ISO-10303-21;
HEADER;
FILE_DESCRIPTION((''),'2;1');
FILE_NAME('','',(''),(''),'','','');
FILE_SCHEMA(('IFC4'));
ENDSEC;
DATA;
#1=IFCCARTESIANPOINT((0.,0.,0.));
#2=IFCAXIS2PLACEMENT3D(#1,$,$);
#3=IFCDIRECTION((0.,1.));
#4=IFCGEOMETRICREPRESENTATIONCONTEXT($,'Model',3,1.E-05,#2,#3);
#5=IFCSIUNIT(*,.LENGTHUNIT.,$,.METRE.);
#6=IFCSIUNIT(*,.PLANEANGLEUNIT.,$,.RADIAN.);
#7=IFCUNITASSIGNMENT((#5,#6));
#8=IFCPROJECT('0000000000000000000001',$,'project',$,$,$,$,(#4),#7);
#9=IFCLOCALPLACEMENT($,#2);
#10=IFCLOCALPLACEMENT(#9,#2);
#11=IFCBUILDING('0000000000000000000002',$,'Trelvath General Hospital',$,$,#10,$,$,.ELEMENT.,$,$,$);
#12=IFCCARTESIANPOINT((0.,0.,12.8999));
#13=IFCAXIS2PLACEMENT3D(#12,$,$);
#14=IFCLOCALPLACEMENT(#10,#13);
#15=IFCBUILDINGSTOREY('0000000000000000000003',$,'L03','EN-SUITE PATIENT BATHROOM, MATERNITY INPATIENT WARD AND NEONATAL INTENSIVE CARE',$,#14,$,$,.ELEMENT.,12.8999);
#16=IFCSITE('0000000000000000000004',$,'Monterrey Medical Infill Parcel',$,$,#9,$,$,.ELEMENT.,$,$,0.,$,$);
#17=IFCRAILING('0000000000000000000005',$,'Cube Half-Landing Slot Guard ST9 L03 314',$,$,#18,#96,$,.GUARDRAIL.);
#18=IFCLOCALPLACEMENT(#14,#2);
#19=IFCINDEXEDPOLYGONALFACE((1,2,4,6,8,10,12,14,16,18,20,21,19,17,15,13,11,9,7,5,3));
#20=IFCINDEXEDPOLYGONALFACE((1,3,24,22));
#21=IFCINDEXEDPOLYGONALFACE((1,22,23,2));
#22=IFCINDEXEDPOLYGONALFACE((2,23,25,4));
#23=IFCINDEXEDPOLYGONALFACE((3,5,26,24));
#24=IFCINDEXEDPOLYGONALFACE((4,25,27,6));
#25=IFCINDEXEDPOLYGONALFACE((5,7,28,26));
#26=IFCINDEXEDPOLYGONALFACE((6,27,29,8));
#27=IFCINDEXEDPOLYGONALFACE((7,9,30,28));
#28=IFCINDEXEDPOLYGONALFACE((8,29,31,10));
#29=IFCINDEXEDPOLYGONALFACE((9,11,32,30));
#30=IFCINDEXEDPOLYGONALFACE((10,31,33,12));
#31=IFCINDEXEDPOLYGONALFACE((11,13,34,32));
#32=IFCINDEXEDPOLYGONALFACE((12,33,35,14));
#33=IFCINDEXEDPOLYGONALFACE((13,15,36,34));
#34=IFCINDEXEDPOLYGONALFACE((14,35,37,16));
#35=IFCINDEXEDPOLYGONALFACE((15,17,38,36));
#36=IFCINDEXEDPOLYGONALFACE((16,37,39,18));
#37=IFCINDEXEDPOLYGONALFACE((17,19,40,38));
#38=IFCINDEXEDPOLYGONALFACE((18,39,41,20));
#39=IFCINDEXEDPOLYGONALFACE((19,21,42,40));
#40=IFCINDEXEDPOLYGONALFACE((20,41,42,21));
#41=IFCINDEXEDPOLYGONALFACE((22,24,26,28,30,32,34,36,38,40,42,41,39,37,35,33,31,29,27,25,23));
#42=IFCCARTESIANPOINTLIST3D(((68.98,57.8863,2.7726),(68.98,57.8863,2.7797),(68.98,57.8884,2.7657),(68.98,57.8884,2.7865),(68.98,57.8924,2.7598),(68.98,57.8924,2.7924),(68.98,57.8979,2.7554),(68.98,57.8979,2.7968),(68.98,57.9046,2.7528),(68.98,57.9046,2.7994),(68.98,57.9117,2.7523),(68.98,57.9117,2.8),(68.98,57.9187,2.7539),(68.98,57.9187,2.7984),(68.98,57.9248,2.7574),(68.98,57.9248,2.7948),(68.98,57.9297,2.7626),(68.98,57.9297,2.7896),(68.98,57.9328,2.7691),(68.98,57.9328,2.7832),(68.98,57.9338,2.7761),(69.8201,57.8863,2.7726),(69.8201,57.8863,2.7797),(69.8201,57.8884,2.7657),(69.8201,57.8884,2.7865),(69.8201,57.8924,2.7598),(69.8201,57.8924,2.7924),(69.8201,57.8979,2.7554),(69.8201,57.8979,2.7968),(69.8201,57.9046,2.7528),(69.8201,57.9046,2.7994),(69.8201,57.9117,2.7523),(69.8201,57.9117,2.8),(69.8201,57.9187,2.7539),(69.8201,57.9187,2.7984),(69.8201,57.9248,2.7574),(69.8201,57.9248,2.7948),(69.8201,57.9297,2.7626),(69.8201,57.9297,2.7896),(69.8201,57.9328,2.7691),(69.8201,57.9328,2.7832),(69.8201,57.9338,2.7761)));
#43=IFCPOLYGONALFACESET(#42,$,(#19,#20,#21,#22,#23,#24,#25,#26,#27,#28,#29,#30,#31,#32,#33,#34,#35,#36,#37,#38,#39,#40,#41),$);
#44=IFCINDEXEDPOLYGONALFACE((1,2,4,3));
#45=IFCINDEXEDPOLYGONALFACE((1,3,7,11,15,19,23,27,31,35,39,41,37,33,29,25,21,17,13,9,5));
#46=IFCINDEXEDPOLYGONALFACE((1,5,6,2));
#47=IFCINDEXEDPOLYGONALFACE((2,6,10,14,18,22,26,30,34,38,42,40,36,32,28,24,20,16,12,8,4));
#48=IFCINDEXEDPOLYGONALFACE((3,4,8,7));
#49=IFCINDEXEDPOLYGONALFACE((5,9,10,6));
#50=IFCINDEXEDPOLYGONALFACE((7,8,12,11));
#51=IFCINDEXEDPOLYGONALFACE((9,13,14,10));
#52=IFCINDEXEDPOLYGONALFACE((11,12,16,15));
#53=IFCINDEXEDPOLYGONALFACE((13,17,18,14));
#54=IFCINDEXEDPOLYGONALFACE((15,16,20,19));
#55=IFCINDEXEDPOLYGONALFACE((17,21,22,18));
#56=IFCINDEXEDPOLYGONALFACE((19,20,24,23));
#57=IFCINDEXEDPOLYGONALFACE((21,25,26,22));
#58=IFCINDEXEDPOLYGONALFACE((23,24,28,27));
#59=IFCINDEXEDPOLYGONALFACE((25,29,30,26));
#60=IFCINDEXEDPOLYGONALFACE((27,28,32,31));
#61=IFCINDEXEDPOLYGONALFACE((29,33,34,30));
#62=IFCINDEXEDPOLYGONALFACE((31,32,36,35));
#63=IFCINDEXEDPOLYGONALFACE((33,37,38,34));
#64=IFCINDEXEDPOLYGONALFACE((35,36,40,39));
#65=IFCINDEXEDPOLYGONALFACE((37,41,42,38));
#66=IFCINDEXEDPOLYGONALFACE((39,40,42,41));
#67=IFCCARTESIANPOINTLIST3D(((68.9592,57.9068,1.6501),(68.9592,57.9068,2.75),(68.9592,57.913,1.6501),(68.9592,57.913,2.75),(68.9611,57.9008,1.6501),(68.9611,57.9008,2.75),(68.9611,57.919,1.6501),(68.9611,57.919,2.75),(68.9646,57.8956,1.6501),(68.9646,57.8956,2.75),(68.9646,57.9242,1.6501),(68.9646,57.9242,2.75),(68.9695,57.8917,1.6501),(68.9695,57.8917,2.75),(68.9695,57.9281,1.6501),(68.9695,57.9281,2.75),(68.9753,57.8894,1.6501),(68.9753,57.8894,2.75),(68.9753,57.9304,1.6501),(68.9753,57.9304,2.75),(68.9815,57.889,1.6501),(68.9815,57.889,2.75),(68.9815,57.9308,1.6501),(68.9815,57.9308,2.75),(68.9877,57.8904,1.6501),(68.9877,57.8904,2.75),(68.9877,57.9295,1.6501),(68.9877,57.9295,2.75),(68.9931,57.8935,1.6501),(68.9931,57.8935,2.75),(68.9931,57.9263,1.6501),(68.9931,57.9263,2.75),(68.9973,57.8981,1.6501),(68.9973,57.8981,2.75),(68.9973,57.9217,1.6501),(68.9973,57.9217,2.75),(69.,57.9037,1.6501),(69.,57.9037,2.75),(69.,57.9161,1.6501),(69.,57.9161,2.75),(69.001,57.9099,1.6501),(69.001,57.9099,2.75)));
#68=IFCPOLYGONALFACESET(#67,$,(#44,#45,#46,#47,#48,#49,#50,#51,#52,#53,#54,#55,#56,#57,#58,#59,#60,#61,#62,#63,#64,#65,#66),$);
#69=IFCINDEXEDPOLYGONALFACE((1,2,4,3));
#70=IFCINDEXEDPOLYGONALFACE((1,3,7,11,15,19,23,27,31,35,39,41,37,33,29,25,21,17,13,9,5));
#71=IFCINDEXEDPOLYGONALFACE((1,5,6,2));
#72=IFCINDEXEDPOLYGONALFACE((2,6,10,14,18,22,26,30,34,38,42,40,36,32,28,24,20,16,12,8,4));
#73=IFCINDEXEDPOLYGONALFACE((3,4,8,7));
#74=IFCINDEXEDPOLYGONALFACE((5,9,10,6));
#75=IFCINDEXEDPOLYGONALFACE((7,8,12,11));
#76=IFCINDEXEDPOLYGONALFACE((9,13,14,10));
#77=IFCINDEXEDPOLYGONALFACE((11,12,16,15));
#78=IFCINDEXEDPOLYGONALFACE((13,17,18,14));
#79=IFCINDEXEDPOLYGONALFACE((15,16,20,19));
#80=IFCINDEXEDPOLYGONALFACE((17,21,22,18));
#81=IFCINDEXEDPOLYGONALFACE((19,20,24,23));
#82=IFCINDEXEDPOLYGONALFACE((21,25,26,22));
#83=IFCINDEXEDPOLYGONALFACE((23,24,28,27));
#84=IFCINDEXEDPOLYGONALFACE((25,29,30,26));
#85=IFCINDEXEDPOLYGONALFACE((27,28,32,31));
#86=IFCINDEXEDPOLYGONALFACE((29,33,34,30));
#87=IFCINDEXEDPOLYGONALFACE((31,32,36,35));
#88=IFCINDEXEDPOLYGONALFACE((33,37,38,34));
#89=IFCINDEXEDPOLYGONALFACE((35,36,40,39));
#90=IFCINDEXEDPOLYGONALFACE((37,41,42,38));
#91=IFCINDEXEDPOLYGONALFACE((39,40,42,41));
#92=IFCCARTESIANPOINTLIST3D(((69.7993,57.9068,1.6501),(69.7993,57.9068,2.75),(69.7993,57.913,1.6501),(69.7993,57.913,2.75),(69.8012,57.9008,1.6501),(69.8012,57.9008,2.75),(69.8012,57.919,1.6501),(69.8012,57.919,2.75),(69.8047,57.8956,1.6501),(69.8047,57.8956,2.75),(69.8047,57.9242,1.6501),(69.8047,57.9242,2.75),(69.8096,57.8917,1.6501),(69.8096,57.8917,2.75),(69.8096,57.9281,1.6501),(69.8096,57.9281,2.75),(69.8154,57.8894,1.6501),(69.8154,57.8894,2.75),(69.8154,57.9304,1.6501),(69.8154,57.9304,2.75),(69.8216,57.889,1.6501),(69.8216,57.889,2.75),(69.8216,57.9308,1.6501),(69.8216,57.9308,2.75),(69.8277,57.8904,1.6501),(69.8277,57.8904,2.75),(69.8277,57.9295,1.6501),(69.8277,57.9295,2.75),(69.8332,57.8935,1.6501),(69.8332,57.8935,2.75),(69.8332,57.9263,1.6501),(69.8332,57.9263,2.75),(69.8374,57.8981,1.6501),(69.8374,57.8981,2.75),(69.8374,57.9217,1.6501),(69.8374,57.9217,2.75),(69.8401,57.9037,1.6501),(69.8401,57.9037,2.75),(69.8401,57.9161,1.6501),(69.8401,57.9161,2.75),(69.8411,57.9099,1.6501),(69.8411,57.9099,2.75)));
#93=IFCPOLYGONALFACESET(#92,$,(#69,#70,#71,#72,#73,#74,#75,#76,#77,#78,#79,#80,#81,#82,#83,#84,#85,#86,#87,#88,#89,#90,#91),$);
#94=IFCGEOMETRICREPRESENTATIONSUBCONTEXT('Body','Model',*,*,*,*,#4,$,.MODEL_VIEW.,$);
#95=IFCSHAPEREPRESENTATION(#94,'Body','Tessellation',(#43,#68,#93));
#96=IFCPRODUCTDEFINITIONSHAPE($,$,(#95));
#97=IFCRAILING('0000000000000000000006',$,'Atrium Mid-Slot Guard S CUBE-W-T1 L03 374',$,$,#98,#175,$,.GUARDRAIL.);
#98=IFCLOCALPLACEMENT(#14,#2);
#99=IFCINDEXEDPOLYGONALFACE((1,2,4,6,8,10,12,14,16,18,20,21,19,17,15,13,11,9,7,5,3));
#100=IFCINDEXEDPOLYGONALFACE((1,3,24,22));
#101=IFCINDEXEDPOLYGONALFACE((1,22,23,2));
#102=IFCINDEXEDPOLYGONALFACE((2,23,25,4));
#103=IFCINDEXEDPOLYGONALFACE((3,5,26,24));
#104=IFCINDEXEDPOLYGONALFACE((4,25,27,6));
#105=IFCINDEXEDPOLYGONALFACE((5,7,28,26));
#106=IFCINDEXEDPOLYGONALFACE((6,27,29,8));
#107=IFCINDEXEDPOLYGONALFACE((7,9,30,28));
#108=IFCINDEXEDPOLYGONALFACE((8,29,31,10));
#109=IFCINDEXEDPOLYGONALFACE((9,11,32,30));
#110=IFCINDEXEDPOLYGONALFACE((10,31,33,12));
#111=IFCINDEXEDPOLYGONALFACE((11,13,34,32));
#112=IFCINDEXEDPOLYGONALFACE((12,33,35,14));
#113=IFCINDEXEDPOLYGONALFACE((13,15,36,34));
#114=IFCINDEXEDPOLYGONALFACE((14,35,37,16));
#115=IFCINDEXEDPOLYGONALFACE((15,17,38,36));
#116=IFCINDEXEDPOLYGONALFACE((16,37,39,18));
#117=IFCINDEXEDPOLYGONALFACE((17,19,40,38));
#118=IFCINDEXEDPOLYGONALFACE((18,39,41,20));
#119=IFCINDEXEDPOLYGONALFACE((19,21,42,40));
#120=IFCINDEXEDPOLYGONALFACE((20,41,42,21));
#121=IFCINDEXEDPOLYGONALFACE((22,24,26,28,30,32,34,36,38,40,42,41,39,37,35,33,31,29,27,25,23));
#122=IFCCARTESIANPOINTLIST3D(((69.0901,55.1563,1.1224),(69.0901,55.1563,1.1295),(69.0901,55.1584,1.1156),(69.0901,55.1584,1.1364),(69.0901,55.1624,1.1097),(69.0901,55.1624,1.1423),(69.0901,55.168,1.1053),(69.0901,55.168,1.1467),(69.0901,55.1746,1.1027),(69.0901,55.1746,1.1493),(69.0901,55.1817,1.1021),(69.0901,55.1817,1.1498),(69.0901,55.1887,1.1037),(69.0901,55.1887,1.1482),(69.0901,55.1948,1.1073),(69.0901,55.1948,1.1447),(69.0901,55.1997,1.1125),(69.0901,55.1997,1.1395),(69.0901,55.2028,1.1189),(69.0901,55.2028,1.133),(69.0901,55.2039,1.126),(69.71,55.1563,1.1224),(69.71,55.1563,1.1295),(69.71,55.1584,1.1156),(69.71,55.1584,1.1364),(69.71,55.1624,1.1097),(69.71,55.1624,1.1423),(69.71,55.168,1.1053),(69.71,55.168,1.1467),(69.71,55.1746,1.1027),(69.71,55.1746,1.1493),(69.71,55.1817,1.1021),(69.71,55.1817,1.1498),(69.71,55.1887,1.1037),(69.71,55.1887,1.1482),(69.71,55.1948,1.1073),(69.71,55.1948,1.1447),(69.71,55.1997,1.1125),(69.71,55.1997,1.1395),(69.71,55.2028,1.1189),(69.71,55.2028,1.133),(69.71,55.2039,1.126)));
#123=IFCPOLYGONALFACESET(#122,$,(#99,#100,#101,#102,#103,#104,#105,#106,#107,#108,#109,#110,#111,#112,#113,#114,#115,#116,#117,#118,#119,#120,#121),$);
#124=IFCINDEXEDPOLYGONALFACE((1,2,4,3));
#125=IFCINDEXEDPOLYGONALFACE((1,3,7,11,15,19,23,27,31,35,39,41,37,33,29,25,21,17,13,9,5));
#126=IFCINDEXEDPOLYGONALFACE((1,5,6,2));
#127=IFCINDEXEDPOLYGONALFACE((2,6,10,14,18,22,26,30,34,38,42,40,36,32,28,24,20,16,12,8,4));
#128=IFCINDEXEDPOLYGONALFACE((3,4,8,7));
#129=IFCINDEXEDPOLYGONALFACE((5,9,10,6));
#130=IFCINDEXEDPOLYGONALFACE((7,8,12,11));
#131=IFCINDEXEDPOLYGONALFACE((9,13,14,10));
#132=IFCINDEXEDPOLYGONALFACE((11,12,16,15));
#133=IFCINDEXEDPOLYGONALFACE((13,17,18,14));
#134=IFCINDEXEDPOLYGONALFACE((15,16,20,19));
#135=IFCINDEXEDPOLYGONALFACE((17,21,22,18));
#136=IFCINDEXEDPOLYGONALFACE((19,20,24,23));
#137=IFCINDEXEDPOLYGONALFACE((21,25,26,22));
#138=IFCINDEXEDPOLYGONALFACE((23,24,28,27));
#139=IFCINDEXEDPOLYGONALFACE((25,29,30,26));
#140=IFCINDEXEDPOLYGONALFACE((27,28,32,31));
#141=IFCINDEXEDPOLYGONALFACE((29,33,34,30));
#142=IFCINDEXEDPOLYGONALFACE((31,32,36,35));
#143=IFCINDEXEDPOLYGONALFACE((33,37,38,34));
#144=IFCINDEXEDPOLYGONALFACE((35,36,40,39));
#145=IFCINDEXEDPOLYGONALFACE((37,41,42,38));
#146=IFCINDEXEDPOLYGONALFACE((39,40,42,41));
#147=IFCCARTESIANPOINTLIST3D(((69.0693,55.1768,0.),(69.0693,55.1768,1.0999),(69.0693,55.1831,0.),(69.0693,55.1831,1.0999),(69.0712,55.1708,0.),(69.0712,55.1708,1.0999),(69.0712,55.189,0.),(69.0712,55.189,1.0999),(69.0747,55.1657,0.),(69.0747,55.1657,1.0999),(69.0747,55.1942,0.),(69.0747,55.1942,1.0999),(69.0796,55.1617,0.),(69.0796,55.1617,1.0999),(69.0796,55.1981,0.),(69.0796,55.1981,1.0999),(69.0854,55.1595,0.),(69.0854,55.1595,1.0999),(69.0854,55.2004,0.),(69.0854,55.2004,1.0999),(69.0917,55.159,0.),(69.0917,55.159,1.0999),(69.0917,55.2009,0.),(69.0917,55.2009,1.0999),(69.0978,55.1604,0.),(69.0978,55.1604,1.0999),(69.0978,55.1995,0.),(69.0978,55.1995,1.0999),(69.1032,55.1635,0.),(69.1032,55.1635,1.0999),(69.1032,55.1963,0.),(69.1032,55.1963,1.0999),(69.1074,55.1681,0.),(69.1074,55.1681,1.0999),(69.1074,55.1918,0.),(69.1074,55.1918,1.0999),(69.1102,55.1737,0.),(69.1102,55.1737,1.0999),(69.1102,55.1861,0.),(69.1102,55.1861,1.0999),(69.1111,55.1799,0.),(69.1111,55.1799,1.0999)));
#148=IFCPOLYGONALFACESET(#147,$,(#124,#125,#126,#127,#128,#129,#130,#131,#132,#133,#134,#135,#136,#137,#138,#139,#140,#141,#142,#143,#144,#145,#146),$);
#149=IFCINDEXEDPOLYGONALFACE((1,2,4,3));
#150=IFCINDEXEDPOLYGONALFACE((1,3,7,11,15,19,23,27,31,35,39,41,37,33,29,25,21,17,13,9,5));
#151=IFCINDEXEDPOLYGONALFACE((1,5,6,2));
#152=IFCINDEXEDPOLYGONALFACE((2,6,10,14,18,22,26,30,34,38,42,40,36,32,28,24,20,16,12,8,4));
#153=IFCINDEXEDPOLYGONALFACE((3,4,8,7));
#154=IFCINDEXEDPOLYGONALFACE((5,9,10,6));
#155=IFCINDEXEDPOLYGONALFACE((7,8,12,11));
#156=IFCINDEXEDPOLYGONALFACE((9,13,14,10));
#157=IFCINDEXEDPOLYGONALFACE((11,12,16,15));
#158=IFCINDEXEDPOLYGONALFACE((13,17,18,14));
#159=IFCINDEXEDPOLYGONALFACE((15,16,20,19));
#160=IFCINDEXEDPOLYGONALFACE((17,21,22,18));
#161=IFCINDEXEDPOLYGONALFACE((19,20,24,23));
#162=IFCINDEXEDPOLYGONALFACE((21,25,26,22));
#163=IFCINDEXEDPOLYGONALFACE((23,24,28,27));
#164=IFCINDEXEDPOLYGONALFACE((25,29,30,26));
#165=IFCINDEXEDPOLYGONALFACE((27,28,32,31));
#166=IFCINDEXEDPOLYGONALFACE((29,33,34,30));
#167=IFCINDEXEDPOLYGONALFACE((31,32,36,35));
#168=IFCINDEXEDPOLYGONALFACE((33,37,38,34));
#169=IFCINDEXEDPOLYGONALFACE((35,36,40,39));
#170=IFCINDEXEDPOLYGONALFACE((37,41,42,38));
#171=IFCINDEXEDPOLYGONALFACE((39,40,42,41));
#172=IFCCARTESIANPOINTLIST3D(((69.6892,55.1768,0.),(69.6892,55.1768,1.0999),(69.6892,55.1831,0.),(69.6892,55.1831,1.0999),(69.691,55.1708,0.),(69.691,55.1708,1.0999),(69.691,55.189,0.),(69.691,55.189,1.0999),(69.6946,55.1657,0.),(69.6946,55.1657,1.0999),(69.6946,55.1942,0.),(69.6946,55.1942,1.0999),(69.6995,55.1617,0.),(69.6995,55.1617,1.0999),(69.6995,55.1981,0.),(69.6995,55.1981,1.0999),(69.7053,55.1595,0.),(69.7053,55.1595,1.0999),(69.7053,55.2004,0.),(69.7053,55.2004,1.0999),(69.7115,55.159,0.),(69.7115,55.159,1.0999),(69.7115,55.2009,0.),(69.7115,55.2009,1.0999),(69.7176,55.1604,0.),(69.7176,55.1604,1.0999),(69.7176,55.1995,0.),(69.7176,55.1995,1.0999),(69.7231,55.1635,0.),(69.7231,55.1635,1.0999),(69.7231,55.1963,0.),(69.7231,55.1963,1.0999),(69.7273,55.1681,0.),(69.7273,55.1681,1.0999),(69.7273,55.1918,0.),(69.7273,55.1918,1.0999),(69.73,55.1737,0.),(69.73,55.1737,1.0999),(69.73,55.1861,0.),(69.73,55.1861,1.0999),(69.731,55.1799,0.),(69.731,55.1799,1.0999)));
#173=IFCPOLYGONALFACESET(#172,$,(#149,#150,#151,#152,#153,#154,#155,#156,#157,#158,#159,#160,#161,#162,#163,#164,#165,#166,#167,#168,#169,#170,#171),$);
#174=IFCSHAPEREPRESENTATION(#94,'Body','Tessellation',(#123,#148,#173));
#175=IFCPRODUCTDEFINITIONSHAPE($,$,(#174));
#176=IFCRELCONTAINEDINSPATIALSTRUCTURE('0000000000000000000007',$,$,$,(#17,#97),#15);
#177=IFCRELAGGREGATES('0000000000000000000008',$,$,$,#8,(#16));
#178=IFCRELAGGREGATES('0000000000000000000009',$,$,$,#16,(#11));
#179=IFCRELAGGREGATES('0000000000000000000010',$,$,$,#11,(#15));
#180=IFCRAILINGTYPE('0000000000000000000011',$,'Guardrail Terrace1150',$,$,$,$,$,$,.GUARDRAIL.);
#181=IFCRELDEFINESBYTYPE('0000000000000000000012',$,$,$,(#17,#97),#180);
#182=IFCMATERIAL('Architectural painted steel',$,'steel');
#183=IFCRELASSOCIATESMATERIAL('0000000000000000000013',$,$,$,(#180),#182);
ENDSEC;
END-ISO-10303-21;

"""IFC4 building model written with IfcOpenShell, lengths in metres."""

from ifc_helpers import new_model, si_unit, direction, frame, origin, origin_2d, place, context, subcontext, project, spatial, circle, extrude, material, type_object, element, save


model = new_model("IFC4")

# Units and contexts
model_context = context("Model", 3, precision=1e-05, world=origin(), true_north=direction((0.0, 1.0)))
body_context = subcontext(model_context, "Body", "Model", "MODEL_VIEW")
ifc_project = project(units=[si_unit("LENGTHUNIT", "METRE"), si_unit("PLANEANGLEUNIT", "RADIAN")], contexts=[model_context])

# Site, building, storey
site_placement = place(None, origin())
site = spatial("IfcSite", under=ifc_project, at=site_placement, Name="Monterrey Medical Infill Parcel", CompositionType="ELEMENT", RefElevation=0.0)
building_placement = place(site_placement, origin())
building = spatial("IfcBuilding", under=site, at=building_placement, Name="Trelvath General Hospital", CompositionType="ELEMENT")
storey_placement = place(building_placement, frame((0.0, 0.0, 12.8999)))
storey = spatial("IfcBuildingStorey", under=building, at=storey_placement, Name="L03", Description="EN-SUITE PATIENT BATHROOM, MATERNITY INPATIENT WARD AND NEONATAL INTENSIVE CARE", CompositionType="ELEMENT", Elevation=12.8999)

# Railings
ifc_material_1 = material(Name="Architectural painted steel", Category="steel")
railing_type = type_object("IfcRailingType", Name="Guardrail Terrace1150", PredefinedType="GUARDRAIL", material=ifc_material_1)
railing_1_placement = place(storey_placement, frame((68.98, 57.9099, 1.6501)))
element("IfcRailing", 1, at=railing_1_placement, inside=storey, type_object=railing_type, Name="Cube Half-Landing Slot Guard ST9 L03 314", PredefinedType="GUARDRAIL", context=body_context, shape_type="SweptSolid", body=[
    extrude(circle(Radius=0.0239, at=origin_2d()), frame((0.0, 0.0, 1.126), z_axis=(1.0, 0.0, 0.0), x_axis=(0.0, 1.0, 0.0)), (0.0, 0.0, 1.0), 0.8401),
    extrude(circle(Radius=0.021, at=origin_2d()), origin(), (0.0, 0.0, 1.0), 1.0999),
    extrude(circle(Radius=0.021, at=origin_2d()), frame((0.8401, 0.0, 0.0)), (0.0, 0.0, 1.0), 1.0999),
])
railing_2_placement = place(storey_placement, frame((69.0901, 55.1799, 0.0)))
element("IfcRailing", 2, at=railing_2_placement, inside=storey, type_object=railing_type, Name="Atrium Mid-Slot Guard S CUBE-W-T1 L03 374", PredefinedType="GUARDRAIL", context=body_context, shape_type="SweptSolid", body=[
    extrude(circle(Radius=0.0239, at=origin_2d()), frame((0.0, 0.0, 1.126), z_axis=(1.0, 0.0, 0.0), x_axis=(0.0, 1.0, 0.0)), (0.0, 0.0, 1.0), 0.6199),
    extrude(circle(Radius=0.021, at=origin_2d()), origin(), (0.0, 0.0, 1.0), 1.0999),
    extrude(circle(Radius=0.021, at=origin_2d()), frame((0.6199, 0.0, 0.0)), (0.0, 0.0, 1.0), 1.0999),
])

save(model, "model.ifc")
